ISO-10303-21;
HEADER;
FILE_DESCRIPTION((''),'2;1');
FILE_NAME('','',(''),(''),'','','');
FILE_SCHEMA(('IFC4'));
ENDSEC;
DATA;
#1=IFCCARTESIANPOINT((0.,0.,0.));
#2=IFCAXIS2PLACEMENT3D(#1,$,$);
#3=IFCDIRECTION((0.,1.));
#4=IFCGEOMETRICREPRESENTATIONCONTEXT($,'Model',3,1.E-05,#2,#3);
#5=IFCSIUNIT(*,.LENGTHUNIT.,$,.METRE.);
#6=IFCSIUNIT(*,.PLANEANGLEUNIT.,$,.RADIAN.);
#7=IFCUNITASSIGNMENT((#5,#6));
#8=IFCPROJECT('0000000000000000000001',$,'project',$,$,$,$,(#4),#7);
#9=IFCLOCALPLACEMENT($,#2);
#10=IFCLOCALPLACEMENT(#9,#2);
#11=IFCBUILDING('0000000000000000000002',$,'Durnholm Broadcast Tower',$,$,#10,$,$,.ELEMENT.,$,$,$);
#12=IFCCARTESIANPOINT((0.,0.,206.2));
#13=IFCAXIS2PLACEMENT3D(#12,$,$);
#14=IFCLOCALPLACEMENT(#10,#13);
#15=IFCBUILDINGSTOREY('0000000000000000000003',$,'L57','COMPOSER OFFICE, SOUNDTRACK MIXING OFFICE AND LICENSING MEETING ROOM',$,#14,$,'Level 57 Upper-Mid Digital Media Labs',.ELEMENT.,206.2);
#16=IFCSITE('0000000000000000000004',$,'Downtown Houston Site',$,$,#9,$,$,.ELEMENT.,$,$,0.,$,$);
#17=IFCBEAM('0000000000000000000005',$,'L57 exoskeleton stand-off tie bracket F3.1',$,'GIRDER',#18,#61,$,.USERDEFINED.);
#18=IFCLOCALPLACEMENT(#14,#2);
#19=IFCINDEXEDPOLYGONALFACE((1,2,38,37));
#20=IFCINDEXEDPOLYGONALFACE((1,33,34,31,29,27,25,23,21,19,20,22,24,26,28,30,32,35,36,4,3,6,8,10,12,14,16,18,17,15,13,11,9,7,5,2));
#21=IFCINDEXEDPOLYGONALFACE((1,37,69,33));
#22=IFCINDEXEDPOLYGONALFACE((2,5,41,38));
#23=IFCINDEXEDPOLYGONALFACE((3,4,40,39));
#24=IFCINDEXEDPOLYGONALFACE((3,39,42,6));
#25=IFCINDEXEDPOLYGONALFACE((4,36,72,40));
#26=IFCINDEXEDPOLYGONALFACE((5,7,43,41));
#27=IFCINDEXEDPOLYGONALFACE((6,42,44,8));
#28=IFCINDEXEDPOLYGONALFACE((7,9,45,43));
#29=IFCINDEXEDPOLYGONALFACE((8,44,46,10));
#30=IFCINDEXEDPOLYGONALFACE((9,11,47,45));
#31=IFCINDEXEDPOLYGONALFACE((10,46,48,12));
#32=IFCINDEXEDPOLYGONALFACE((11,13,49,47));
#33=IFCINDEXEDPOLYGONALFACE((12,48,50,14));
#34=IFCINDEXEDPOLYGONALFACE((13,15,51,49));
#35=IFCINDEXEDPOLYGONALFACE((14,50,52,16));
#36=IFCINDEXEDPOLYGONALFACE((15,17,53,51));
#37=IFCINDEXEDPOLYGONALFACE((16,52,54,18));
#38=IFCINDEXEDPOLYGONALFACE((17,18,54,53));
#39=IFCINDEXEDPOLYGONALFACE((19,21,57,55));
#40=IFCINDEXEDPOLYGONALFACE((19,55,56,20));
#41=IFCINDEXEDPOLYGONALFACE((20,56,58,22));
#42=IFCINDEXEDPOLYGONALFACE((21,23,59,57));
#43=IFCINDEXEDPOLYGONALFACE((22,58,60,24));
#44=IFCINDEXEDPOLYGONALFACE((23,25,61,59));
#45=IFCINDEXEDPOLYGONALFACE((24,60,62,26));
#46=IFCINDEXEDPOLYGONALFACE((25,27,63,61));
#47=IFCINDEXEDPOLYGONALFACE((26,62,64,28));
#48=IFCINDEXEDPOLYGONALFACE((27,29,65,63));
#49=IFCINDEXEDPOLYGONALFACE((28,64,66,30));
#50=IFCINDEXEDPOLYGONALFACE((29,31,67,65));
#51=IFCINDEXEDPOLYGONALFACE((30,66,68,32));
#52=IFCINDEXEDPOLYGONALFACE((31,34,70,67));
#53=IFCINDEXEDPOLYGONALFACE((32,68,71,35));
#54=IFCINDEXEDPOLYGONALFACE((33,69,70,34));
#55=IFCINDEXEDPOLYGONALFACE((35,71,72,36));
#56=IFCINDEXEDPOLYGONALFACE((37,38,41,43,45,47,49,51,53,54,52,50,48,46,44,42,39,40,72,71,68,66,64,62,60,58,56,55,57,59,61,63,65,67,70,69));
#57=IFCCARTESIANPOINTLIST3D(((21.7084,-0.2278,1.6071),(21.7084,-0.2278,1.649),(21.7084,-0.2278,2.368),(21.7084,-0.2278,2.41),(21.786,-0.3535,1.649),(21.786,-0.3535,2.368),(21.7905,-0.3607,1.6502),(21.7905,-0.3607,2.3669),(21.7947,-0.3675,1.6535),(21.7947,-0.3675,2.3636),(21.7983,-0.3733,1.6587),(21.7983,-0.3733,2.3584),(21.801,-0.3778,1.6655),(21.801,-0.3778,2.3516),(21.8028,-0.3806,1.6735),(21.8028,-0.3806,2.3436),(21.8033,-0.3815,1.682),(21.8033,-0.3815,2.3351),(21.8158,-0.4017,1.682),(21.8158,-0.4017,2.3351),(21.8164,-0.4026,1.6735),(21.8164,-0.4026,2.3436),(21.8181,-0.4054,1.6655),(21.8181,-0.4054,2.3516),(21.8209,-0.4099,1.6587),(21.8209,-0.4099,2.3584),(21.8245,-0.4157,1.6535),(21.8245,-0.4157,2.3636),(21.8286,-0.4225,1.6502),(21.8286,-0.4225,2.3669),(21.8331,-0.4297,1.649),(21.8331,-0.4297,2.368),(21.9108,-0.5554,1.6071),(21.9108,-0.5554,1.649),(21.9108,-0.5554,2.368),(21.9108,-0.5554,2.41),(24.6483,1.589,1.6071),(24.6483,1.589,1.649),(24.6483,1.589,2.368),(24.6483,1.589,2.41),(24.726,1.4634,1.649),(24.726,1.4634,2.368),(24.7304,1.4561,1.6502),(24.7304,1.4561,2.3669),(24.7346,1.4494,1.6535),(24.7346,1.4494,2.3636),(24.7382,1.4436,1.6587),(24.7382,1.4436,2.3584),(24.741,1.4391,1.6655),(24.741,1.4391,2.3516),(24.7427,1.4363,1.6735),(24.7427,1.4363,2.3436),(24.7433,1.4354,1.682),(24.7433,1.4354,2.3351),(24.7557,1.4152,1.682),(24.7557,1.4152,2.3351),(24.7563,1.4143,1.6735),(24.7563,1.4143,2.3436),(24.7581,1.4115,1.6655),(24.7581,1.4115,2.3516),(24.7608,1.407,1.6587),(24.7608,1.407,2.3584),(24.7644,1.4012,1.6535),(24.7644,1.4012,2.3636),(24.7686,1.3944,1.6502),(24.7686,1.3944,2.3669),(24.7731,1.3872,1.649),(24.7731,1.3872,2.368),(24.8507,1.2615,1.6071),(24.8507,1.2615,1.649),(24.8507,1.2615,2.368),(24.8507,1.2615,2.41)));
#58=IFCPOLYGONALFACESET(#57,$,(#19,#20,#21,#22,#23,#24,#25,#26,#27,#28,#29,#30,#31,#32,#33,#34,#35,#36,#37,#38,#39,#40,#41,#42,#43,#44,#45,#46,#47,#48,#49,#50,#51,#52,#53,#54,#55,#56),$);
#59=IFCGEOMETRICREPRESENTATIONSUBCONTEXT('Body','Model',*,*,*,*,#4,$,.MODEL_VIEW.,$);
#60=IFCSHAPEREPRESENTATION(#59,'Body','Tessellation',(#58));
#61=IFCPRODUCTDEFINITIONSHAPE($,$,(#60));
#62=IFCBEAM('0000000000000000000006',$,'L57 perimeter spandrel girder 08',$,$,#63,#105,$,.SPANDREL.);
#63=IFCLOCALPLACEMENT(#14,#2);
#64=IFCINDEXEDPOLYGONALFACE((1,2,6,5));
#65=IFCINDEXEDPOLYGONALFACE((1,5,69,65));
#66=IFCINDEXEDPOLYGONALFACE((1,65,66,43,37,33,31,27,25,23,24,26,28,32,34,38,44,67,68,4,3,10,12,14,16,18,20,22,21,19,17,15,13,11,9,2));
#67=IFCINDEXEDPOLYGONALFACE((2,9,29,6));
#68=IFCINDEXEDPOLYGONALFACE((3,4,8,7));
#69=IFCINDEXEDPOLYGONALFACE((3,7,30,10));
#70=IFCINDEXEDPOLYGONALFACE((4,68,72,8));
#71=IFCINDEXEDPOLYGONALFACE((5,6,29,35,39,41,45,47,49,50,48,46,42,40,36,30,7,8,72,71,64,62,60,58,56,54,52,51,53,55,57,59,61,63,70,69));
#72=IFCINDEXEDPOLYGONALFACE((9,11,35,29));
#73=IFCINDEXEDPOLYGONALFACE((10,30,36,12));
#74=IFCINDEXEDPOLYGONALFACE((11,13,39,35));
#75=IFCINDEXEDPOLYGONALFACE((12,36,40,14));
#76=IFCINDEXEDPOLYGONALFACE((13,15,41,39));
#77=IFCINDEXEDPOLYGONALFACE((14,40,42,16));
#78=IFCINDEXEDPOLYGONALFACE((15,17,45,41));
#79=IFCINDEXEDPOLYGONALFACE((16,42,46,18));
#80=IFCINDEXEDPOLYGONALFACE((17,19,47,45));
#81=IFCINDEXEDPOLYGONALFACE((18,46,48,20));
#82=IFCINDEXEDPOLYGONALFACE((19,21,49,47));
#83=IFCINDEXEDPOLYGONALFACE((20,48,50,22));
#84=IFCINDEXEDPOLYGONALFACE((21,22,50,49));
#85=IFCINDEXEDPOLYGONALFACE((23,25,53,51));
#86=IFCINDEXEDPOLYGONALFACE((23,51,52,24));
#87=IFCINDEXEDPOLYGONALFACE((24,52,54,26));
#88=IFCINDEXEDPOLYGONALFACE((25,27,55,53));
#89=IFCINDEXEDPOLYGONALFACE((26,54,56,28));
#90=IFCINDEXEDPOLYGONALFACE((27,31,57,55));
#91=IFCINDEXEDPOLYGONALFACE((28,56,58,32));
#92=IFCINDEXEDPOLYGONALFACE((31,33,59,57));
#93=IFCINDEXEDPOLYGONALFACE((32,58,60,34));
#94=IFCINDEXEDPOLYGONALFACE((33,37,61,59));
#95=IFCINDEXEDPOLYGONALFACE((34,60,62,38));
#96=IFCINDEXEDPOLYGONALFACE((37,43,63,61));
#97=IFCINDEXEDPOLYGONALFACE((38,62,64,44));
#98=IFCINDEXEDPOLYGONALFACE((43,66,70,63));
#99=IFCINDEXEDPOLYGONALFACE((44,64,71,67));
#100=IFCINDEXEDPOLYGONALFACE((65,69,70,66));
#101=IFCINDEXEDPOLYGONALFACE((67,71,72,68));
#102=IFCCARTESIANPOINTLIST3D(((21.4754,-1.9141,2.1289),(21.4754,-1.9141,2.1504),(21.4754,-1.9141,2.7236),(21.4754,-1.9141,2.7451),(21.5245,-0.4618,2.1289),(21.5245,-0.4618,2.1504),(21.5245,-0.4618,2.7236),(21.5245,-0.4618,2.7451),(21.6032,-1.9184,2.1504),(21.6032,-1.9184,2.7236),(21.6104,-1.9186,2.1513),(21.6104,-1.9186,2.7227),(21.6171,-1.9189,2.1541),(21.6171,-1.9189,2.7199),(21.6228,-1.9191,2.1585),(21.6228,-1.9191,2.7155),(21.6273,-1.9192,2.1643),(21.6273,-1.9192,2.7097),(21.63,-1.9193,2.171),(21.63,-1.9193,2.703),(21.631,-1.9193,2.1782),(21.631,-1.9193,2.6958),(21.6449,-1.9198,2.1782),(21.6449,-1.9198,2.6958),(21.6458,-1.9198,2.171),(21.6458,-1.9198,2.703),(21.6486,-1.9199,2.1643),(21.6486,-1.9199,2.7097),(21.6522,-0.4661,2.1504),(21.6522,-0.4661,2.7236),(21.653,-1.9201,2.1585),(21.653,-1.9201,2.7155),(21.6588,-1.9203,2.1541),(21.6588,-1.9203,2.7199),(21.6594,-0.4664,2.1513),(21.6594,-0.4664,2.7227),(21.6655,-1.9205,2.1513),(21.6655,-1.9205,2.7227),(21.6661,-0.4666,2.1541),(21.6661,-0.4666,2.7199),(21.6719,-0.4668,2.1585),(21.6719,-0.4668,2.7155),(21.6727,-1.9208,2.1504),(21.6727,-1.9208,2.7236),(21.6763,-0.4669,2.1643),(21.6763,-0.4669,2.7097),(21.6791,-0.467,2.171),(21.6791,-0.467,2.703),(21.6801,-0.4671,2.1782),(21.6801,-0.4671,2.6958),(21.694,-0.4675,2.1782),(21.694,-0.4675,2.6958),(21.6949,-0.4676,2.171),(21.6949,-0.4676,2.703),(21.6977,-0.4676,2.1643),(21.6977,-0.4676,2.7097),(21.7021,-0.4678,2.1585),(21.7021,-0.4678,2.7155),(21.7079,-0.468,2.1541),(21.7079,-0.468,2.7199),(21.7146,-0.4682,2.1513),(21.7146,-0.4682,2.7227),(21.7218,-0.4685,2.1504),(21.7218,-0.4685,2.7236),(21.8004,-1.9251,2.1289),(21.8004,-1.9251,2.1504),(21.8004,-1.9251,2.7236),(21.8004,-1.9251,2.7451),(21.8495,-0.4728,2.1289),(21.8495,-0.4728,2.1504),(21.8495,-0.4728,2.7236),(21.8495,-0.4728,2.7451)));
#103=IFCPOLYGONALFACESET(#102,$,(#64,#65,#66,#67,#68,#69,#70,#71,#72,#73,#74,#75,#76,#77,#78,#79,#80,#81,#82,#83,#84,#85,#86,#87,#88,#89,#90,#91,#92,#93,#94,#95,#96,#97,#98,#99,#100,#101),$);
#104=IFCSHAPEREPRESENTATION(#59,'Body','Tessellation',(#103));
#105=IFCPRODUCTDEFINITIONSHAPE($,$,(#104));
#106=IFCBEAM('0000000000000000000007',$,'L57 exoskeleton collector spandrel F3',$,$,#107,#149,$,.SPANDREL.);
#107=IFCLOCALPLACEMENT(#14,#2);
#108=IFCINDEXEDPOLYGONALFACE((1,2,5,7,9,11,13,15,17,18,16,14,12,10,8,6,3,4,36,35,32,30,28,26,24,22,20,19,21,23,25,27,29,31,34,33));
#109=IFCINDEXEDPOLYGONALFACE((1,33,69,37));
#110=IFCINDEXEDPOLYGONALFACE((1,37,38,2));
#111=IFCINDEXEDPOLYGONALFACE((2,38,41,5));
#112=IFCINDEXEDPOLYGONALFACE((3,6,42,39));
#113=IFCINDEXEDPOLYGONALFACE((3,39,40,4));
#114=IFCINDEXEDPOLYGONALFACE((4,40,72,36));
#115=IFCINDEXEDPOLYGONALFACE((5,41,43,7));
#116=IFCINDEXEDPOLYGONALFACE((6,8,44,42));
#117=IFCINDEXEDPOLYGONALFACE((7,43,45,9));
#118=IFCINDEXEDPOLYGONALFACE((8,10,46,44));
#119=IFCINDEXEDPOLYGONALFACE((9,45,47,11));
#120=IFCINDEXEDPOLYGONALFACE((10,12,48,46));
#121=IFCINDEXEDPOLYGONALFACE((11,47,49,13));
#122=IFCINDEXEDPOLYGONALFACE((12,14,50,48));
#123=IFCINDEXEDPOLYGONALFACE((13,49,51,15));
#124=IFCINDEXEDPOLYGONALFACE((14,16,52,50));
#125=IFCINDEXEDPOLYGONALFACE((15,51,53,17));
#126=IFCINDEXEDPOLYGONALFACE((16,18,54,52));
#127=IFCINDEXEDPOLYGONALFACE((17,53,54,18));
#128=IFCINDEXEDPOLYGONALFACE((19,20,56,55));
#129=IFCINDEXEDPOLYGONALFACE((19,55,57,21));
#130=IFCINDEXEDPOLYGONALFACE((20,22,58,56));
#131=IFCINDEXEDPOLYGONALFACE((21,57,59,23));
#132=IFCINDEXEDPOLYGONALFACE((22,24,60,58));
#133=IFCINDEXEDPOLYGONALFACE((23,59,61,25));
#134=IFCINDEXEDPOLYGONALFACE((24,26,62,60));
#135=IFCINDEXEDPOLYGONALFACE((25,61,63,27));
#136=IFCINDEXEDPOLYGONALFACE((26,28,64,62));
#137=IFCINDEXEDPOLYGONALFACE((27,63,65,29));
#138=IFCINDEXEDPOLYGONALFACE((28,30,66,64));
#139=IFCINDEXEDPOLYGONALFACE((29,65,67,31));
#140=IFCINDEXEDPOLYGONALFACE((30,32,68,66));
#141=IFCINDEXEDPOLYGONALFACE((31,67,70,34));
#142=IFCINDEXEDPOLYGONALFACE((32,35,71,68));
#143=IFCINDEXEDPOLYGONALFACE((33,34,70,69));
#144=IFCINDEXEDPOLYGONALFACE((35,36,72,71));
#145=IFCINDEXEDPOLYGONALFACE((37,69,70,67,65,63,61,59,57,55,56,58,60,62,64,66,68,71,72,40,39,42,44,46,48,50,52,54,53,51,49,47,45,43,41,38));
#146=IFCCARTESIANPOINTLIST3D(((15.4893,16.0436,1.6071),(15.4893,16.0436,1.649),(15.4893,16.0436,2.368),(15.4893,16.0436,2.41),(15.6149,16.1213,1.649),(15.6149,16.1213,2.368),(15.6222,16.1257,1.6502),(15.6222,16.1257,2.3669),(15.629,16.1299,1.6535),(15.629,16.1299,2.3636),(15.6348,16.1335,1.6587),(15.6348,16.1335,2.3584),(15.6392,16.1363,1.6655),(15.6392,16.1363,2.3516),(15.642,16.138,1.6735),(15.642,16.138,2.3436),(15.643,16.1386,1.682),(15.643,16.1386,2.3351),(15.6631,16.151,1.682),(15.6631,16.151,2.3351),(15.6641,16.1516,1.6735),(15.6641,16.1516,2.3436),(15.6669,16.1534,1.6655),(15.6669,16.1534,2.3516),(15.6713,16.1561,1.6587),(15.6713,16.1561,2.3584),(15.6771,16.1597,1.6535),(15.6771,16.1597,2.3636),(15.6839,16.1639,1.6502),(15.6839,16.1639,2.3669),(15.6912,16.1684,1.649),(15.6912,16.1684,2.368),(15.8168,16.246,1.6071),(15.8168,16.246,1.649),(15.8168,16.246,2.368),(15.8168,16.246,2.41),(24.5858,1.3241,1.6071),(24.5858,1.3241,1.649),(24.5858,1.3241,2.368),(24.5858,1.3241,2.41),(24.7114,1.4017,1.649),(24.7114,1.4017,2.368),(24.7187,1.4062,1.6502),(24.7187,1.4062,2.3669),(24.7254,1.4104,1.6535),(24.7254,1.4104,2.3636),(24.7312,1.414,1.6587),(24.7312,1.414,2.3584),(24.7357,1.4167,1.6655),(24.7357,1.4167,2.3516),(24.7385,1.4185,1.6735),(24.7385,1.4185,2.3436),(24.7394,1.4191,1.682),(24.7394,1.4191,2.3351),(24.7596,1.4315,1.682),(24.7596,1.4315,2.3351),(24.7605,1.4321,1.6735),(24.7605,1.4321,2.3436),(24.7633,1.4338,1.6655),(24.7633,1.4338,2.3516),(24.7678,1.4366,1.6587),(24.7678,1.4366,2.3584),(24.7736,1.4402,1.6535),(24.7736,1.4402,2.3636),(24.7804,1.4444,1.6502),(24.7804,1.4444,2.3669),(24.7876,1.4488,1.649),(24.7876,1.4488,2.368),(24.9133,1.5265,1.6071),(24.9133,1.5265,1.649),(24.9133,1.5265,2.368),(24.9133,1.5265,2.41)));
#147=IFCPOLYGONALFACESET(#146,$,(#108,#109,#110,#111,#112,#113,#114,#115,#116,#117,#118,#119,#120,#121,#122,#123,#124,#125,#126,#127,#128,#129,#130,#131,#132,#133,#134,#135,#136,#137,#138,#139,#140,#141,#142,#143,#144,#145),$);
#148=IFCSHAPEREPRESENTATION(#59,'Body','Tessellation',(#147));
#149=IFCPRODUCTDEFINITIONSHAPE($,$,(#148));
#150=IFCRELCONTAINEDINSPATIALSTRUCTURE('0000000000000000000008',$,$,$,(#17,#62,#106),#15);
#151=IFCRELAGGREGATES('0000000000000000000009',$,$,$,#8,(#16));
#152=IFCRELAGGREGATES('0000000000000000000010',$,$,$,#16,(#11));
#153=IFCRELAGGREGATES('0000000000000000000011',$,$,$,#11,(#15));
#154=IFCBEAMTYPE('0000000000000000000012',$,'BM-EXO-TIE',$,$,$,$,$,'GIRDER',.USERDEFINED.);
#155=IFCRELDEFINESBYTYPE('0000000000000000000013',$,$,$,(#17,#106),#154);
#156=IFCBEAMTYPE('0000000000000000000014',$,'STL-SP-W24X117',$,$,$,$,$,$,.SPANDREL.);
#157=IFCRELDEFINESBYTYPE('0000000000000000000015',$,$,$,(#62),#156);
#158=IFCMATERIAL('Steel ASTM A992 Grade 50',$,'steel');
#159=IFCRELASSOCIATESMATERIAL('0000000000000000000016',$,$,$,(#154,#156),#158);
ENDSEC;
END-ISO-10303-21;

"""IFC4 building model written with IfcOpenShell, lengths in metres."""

from ifc_helpers import new_model, si_unit, direction, frame, origin, origin_2d, place, context, subcontext, project, spatial, i_section, extrude, source, transform, mapped, material, material_profile, profile_set, type_object, type_shapes, element, save


model = new_model("IFC4")

# Units and contexts
model_context = context("Model", 3, precision=1e-05, world=origin(), true_north=direction((0.0, 1.0)))
body_context = subcontext(model_context, "Body", "Model", "MODEL_VIEW")
ifc_project = project(units=[si_unit("LENGTHUNIT", "METRE"), si_unit("PLANEANGLEUNIT", "RADIAN")], contexts=[model_context])

# Site, building, storey
site_placement = place(None, origin())
site = spatial("IfcSite", under=ifc_project, at=site_placement, Name="Downtown Houston Site", CompositionType="ELEMENT", RefElevation=0.0)
building_placement = place(site_placement, origin())
building = spatial("IfcBuilding", under=site, at=building_placement, Name="Durnholm Broadcast Tower", CompositionType="ELEMENT")
storey_placement = place(building_placement, frame((0.0, 0.0, 206.2)))
storey = spatial("IfcBuildingStorey", under=building, at=storey_placement, Name="L57", Description="COMPOSER OFFICE, SOUNDTRACK MIXING OFFICE AND LICENSING MEETING ROOM", LongName="Level 57 Upper-Mid Digital Media Labs", CompositionType="ELEMENT", Elevation=206.2)

# Beams
ifc_material_1 = material(Name="Steel ASTM A992 Grade 50", Category="steel")
ifc_material_profile_1 = material_profile(ifc_material_1, i_section(OverallWidth=0.385, OverallDepth=0.803, WebThickness=0.0237, FlangeThickness=0.042, FilletRadius=0.033, at=origin_2d()), Name="W30X261")
ifc_profile_set_1 = profile_set([ifc_material_profile_1], Name="Steel ASTM A992 Grade 50")
beam_type_1 = type_object("IfcBeamType", Name="BM-EXO-TIE", ElementType="GIRDER", PredefinedType="USERDEFINED", material=ifc_profile_set_1)
shared_shape_1 = source(origin(), body_context, "Body", "SweptSolid", [
    extrude(i_section(OverallWidth=0.385, OverallDepth=0.803, WebThickness=0.0237, FlangeThickness=0.042, FilletRadius=0.033, at=origin_2d()), origin(), (0.0, 0.0, 1.0), 3.4561),
])
beam_1_placement = place(storey_placement, frame((21.8096, -0.3916, 2.0085), z_axis=(0.850662, 0.525712, 0.0), x_axis=(-0.525712, 0.850662, 0.0)))
element("IfcBeam", 1, at=beam_1_placement, inside=storey, type_object=beam_type_1, Name="L57 exoskeleton stand-off tie bracket F3.1", ObjectType="GIRDER", PredefinedType="USERDEFINED", context=body_context, shape_type="MappedRepresentation", body=[
    mapped(shared_shape_1, transform((0.0, 0.0, 0.0), x_axis=(1.0, 0.0, 0.0), y_axis=(0.0, 1.0, 0.0), z_axis=(0.0, 0.0, 1.0), scale=1.0)),
])
ifc_material_profile_2 = material_profile(ifc_material_1, i_section(OverallWidth=0.3252, OverallDepth=0.6162, WebThickness=0.0139, FlangeThickness=0.0215, FilletRadius=0.0278, at=origin_2d()), Name="W24X117")
ifc_profile_set_2 = profile_set([ifc_material_profile_2], Name="Steel ASTM A992 Grade 50")
beam_type_2 = type_object("IfcBeamType", Name="STL-SP-W24X117", PredefinedType="SPANDREL", material=ifc_profile_set_2)
shared_shape_2 = source(origin(), body_context, "Body", "SweptSolid", [
    extrude(i_section(OverallWidth=0.3252, OverallDepth=0.6162, WebThickness=0.0139, FlangeThickness=0.0215, FilletRadius=0.0278, at=origin_2d()), origin(), (0.0, 0.0, 1.0), 1.4531),
])
type_shapes(beam_type_2, [shared_shape_2])
beam_2_placement = place(storey_placement, frame((21.687, -0.4673, 2.437), z_axis=(-0.033768, -0.99943, 0.0), x_axis=(0.99943, -0.033768, 0.0)))
element("IfcBeam", 2, at=beam_2_placement, inside=storey, type_object=beam_type_2, Name="L57 perimeter spandrel girder 08", PredefinedType="SPANDREL", context=body_context, shape_type="MappedRepresentation", body=[
    mapped(shared_shape_2, transform((0.0, 0.0, 0.0), x_axis=(1.0, 0.0, 0.0), y_axis=(0.0, 1.0, 0.0), z_axis=(0.0, 0.0, 1.0), scale=1.0)),
])
shared_shape_3 = source(origin(), body_context, "Body", "SweptSolid", [
    extrude(i_section(OverallWidth=0.385, OverallDepth=0.803, WebThickness=0.0237, FlangeThickness=0.042, FilletRadius=0.033, at=origin_2d()), origin(), (0.0, 0.0, 1.0), 17.3035),
])
type_shapes(beam_type_1, [shared_shape_1, shared_shape_3])
beam_3_placement = place(storey_placement, frame((24.7495, 1.4253, 2.0085), z_axis=(-0.525702, 0.850669, 0.0), x_axis=(-0.850669, -0.525702, 0.0)))
element("IfcBeam", 3, at=beam_3_placement, inside=storey, type_object=beam_type_1, Name="L57 exoskeleton collector spandrel F3", PredefinedType="SPANDREL", context=body_context, shape_type="MappedRepresentation", body=[
    mapped(shared_shape_3, transform((0.0, 0.0, 0.0), x_axis=(1.0, 0.0, 0.0), y_axis=(0.0, 1.0, 0.0), z_axis=(0.0, 0.0, 1.0), scale=1.0)),
])

save(model, "model.ifc")
